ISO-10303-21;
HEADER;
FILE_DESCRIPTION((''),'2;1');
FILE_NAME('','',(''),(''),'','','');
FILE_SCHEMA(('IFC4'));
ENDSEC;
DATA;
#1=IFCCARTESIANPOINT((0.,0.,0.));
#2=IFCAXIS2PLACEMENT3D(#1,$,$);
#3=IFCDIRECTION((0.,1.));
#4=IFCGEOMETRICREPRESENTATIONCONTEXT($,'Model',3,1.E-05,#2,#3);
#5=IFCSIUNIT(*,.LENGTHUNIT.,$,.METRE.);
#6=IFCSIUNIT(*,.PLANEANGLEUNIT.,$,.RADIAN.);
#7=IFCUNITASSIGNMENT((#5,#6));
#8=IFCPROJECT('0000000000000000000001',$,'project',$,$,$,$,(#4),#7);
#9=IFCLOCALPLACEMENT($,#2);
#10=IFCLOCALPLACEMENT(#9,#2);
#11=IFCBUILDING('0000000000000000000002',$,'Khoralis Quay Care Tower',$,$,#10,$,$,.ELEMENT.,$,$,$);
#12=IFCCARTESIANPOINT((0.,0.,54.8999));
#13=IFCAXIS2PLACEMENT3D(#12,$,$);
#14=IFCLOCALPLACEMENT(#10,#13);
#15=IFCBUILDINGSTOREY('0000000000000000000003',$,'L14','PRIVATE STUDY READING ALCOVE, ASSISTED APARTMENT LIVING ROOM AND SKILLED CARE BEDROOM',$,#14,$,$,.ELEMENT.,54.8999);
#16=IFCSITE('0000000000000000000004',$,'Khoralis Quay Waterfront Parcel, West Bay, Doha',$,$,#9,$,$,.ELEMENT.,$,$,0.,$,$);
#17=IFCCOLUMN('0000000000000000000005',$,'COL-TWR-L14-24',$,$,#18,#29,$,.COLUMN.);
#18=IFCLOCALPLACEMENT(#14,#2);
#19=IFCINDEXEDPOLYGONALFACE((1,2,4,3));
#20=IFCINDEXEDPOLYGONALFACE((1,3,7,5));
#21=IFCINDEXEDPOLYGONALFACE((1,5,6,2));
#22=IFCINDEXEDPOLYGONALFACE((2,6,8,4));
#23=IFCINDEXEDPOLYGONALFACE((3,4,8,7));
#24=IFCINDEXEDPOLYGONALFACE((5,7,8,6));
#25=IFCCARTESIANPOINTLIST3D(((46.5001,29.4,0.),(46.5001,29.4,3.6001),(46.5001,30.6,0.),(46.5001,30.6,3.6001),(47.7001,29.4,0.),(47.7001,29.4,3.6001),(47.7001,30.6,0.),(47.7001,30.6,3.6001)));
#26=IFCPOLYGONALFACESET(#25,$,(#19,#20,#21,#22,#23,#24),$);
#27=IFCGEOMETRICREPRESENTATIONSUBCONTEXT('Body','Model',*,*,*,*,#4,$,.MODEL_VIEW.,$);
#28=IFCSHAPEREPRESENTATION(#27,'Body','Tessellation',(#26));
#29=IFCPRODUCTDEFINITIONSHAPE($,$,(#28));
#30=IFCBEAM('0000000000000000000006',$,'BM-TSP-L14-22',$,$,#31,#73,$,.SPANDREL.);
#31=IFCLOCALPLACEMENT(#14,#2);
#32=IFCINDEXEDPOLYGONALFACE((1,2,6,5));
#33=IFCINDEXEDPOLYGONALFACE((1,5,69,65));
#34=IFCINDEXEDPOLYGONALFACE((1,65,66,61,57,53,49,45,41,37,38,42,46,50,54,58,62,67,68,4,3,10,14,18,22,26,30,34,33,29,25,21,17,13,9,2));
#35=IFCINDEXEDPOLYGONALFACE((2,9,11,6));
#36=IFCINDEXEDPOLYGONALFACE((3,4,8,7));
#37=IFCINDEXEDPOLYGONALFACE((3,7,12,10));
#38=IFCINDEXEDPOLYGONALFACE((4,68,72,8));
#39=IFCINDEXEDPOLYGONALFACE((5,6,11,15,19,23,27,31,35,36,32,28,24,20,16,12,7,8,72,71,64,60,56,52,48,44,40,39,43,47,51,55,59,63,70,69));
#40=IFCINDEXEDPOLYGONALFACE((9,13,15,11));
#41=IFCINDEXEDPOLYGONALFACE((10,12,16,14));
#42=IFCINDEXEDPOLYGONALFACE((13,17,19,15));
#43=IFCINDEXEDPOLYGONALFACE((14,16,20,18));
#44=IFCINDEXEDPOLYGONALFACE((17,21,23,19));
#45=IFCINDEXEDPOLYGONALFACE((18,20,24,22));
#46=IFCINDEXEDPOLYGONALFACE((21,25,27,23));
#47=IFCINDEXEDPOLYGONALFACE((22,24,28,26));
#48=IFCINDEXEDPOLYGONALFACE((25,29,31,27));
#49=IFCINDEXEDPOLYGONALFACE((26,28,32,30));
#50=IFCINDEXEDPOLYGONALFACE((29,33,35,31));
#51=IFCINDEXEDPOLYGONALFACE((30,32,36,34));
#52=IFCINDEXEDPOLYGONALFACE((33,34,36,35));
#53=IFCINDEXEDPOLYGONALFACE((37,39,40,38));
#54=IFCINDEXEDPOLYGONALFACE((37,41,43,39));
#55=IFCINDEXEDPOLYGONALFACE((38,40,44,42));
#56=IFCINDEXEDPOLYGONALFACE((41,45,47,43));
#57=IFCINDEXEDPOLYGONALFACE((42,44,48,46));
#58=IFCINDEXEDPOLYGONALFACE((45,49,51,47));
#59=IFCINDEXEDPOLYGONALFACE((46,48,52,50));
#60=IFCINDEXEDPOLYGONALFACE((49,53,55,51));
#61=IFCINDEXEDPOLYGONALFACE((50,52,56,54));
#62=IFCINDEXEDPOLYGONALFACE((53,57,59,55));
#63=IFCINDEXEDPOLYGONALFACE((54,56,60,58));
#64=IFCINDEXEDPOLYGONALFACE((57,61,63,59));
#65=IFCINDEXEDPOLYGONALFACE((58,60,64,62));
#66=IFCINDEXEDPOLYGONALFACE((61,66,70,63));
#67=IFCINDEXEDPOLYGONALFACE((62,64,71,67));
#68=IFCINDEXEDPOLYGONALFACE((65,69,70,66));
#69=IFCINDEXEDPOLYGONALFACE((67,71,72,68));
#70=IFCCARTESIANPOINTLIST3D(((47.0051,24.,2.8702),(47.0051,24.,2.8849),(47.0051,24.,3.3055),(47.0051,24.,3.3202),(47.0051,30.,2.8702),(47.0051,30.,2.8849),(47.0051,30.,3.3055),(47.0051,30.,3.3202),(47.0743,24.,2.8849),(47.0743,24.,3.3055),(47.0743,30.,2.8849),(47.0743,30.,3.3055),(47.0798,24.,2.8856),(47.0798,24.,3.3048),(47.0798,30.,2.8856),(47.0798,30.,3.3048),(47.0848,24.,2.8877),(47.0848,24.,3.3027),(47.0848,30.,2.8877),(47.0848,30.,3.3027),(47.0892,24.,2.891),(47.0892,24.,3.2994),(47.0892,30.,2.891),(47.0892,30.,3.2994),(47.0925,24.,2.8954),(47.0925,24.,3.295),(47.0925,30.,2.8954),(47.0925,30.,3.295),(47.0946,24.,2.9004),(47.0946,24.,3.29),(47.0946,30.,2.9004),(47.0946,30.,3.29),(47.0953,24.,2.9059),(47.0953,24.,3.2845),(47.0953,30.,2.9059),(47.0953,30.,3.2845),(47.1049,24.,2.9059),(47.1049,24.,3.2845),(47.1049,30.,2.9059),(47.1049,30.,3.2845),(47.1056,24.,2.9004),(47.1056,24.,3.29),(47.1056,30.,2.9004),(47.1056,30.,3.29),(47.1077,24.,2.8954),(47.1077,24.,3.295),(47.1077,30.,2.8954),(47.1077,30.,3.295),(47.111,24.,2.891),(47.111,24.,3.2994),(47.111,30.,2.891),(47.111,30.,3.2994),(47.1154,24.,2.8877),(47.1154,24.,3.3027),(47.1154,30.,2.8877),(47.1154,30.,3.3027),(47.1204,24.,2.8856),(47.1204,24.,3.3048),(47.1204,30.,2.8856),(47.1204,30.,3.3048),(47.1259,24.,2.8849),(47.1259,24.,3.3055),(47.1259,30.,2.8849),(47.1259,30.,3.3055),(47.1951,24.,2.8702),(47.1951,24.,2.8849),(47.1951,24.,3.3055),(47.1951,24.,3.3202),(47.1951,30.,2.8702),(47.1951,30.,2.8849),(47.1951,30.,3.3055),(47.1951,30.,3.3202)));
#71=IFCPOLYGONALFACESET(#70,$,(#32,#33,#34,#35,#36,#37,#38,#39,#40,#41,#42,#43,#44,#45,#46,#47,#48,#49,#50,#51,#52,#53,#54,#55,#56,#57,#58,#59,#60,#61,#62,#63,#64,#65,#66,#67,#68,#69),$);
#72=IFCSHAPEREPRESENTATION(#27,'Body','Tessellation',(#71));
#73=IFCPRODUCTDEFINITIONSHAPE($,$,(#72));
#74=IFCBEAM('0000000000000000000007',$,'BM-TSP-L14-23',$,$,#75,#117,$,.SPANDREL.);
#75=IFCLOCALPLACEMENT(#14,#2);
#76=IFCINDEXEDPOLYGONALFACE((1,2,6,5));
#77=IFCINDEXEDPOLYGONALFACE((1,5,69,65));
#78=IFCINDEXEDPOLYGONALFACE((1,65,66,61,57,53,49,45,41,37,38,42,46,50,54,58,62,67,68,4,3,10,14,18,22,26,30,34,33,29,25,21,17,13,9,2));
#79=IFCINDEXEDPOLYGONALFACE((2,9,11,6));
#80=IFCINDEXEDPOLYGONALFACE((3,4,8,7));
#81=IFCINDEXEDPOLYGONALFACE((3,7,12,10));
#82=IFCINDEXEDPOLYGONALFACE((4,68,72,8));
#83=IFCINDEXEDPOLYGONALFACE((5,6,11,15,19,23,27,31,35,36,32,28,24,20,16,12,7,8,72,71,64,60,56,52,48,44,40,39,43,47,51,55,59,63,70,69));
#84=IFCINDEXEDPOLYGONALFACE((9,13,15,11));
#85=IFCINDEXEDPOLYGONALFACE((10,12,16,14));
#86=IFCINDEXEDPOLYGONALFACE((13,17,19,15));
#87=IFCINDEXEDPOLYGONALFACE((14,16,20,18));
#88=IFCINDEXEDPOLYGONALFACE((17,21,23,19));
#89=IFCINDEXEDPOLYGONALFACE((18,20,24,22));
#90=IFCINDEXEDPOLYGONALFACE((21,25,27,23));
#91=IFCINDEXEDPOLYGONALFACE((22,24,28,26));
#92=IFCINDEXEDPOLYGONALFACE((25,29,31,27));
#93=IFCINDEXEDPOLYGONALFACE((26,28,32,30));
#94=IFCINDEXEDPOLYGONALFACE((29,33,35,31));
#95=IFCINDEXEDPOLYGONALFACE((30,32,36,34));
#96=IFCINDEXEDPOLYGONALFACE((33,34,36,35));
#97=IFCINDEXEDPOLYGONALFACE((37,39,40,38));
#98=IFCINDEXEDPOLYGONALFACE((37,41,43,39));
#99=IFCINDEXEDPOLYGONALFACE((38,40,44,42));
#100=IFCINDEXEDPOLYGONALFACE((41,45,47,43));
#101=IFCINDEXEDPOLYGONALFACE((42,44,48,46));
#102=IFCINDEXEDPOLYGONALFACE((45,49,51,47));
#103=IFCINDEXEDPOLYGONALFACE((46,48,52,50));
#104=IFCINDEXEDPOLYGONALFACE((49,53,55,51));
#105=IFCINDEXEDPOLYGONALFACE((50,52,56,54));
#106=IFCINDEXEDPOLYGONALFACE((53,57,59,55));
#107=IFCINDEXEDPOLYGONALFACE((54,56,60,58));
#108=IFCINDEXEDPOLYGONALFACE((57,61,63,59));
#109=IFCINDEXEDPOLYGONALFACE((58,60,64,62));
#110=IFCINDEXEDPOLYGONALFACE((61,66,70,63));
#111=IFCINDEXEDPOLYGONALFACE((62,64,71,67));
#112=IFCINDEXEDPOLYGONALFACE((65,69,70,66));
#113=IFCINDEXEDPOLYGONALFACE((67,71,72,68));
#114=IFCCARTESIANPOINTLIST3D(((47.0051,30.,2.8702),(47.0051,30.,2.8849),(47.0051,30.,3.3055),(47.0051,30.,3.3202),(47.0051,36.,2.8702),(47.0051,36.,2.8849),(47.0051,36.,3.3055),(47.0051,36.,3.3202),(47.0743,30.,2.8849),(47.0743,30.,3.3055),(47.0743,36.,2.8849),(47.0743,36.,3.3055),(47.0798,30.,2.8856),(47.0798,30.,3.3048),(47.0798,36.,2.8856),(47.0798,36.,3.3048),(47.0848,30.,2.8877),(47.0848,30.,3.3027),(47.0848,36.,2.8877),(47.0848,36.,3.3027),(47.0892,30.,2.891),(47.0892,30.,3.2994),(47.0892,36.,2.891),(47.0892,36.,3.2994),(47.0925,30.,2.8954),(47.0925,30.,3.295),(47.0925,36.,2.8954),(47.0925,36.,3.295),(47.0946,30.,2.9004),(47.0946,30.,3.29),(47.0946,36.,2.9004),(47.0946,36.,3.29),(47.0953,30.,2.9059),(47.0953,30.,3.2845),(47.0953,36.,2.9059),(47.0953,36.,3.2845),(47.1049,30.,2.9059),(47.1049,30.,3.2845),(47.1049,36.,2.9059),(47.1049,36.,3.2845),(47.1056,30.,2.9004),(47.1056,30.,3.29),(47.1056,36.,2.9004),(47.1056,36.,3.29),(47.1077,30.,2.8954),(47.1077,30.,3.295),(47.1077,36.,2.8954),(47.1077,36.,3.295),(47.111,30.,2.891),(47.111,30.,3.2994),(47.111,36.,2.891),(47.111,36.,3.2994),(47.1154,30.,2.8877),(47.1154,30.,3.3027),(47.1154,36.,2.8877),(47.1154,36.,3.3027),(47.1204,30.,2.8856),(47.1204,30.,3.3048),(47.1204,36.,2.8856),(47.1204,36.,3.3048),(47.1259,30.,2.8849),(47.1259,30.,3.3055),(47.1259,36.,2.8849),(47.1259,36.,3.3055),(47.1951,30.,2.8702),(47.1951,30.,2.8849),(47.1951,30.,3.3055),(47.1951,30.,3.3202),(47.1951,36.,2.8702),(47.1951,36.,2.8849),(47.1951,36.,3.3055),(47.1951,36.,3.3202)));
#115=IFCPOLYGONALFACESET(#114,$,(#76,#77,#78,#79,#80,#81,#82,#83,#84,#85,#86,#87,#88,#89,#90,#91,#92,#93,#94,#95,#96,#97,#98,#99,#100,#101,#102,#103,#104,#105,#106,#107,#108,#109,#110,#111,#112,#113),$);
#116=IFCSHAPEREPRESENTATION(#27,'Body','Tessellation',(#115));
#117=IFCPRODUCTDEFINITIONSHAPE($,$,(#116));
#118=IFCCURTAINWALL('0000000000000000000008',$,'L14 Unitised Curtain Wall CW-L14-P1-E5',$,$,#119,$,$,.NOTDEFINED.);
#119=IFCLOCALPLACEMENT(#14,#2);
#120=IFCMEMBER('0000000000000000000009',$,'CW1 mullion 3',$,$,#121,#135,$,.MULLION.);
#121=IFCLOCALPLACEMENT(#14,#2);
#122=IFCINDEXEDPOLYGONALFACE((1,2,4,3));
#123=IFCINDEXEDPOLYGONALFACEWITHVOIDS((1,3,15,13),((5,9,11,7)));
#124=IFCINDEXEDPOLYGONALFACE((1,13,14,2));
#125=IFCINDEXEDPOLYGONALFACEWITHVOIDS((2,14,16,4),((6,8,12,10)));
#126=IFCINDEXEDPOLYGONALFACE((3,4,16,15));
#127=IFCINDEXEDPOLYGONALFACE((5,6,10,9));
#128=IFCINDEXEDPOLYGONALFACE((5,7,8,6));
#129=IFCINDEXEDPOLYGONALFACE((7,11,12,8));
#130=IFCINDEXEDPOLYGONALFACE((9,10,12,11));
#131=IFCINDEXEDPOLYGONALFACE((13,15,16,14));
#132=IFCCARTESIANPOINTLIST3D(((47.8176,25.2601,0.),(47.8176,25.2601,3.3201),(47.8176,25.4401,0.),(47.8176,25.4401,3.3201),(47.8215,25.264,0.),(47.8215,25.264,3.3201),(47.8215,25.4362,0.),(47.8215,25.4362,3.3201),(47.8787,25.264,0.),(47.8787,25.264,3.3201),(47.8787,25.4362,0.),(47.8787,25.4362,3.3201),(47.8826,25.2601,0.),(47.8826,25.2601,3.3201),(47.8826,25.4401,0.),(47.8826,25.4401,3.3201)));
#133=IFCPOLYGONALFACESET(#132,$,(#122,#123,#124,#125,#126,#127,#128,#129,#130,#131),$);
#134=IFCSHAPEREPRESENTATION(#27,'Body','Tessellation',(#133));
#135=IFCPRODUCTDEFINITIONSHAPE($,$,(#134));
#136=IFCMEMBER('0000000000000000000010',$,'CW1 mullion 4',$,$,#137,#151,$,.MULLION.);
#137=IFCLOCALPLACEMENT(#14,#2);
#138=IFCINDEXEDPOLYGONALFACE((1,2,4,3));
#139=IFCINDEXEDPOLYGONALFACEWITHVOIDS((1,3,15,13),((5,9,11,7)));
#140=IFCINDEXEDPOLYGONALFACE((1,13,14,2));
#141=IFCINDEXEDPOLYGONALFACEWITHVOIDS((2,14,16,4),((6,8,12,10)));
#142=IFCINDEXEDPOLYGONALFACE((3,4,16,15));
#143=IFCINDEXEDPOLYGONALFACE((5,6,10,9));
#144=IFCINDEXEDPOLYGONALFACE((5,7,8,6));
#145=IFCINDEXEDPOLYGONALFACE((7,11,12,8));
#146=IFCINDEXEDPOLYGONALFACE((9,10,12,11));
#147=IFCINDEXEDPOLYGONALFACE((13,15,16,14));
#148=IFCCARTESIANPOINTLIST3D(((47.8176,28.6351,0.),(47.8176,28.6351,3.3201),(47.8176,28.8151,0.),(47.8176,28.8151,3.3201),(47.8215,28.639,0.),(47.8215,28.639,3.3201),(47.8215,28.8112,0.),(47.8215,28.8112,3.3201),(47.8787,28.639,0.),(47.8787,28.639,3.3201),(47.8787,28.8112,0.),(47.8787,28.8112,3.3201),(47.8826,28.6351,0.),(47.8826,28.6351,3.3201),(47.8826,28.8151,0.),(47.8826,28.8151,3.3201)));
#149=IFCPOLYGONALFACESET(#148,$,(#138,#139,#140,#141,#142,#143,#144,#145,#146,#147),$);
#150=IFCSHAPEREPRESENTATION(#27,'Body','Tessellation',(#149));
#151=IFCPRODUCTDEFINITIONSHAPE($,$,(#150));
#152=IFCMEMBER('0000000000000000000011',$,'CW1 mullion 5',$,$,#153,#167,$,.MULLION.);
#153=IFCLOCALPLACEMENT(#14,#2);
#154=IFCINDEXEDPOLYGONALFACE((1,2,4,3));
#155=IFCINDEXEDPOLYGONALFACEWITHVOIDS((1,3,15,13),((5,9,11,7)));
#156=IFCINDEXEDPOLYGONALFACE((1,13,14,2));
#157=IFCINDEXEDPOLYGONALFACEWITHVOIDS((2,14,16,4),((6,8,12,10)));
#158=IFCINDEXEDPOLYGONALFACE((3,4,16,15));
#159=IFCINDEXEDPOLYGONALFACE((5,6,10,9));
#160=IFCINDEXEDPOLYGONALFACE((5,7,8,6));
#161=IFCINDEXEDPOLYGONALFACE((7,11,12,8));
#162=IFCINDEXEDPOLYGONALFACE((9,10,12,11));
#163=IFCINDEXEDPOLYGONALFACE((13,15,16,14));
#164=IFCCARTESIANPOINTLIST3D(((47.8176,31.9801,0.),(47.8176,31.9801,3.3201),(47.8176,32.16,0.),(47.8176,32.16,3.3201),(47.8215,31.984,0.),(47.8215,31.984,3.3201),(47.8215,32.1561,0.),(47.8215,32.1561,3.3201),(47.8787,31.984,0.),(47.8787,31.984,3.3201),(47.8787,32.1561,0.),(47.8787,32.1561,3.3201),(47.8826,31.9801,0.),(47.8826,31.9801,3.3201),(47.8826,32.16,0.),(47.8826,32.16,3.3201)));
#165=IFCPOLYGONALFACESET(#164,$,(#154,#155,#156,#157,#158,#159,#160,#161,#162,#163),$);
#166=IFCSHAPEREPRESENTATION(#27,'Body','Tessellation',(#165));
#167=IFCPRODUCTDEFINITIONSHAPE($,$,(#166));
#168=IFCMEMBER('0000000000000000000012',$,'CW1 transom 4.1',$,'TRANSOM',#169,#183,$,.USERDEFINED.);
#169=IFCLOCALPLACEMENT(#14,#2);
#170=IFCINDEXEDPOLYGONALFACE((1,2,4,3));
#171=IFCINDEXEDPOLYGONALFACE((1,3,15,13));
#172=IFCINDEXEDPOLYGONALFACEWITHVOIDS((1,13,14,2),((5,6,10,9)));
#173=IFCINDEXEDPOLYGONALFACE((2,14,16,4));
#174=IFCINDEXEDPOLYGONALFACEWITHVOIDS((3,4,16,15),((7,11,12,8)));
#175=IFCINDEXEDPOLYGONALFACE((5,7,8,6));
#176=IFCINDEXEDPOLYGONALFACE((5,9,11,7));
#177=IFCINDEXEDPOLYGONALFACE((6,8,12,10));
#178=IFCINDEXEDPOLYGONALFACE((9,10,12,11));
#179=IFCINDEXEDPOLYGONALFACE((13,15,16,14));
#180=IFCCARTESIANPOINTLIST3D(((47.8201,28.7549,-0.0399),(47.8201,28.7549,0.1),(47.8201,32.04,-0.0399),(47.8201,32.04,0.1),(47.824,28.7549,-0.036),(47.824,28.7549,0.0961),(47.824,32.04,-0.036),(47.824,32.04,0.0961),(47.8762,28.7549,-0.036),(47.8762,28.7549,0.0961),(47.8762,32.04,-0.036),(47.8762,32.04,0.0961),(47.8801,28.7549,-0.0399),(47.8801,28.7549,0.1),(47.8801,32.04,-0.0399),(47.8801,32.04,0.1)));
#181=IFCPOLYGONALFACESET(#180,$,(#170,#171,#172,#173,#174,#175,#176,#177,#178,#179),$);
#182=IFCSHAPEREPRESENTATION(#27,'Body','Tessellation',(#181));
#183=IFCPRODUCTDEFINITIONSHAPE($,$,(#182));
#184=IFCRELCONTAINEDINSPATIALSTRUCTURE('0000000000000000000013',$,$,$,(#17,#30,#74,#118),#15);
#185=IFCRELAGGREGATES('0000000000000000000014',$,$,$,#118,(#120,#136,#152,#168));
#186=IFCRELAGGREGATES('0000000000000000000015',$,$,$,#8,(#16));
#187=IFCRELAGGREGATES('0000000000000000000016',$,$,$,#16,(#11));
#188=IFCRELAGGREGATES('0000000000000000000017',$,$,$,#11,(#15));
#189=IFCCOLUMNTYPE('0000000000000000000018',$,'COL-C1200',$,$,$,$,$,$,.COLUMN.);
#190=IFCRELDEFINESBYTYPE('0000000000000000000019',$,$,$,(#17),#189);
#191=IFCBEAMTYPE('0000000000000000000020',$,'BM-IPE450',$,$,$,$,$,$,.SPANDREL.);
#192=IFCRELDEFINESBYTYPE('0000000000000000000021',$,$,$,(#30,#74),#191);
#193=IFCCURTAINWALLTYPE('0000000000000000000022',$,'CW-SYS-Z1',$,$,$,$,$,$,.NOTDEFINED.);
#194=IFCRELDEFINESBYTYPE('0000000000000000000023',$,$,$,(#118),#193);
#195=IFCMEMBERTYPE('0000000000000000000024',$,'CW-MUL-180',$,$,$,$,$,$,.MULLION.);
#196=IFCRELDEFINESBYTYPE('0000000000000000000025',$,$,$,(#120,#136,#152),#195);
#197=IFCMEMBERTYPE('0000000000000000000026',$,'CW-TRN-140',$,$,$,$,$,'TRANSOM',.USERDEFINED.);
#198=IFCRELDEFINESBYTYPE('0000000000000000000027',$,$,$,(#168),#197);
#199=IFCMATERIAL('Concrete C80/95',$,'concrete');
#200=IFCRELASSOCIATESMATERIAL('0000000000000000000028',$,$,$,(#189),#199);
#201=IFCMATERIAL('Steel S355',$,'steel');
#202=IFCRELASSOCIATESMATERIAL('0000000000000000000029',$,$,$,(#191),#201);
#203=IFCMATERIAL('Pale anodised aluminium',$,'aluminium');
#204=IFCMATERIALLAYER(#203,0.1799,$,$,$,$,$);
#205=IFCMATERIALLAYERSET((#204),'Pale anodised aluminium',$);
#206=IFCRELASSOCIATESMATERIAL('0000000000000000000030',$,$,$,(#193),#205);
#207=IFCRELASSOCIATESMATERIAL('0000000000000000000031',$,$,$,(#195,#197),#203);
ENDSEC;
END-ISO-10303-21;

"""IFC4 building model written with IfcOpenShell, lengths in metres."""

from ifc_helpers import new_model, si_unit, direction, frame, origin, origin_2d, place, context, subcontext, project, spatial, rectangle, hollow_rectangle, i_section, extrude, source, transform, mapped, material, layer, layer_set, material_profile, profile_set, type_object, element, aggregate, save


model = new_model("IFC4")

# Units and contexts
model_context = context("Model", 3, precision=1e-05, world=origin(), true_north=direction((0.0, 1.0)))
body_context = subcontext(model_context, "Body", "Model", "MODEL_VIEW")
ifc_project = project(units=[si_unit("LENGTHUNIT", "METRE"), si_unit("PLANEANGLEUNIT", "RADIAN")], contexts=[model_context])

# Site, building, storey
site_placement = place(None, origin())
site = spatial("IfcSite", under=ifc_project, at=site_placement, Name="Khoralis Quay Waterfront Parcel, West Bay, Doha", CompositionType="ELEMENT", RefElevation=0.0)
building_placement = place(site_placement, origin())
building = spatial("IfcBuilding", under=site, at=building_placement, Name="Khoralis Quay Care Tower", CompositionType="ELEMENT")
storey_placement = place(building_placement, frame((0.0, 0.0, 54.8999)))
storey = spatial("IfcBuildingStorey", under=building, at=storey_placement, Name="L14", Description="PRIVATE STUDY READING ALCOVE, ASSISTED APARTMENT LIVING ROOM AND SKILLED CARE BEDROOM", CompositionType="ELEMENT", Elevation=54.8999)

# Column
ifc_material_1 = material(Name="Concrete C80/95", Category="concrete")
ifc_material_profile_1 = material_profile(ifc_material_1, rectangle(XDim=1.2, YDim=1.2, at=origin_2d()), Name="Concrete C80/95")
ifc_profile_set_1 = profile_set([ifc_material_profile_1], Name="Concrete C80/95")
column_type = type_object("IfcColumnType", Name="COL-C1200", PredefinedType="COLUMN", material=ifc_profile_set_1)
shared_shape_1 = source(origin(), body_context, "Body", "SweptSolid", [
    extrude(rectangle(XDim=1.2, YDim=1.2, at=origin_2d()), origin(), (0.0, 0.0, 1.0), 3.6001),
])
column_placement = place(storey_placement, frame((47.1001, 30.0, 0.0), z_axis=(0.0, 0.0, 1.0), x_axis=(1.0, 0.0, 0.0)))
element("IfcColumn", 1, at=column_placement, inside=storey, type_object=column_type, Name="COL-TWR-L14-24", PredefinedType="COLUMN", context=body_context, shape_type="MappedRepresentation", body=[
    mapped(shared_shape_1, transform((0.0, 0.0, 0.0), scale=1.0)),
])

# Beams
ifc_material_2 = material(Name="Steel S355", Category="steel")
ifc_material_profile_2 = material_profile(ifc_material_2, i_section(OverallWidth=0.1899, OverallDepth=0.45, WebThickness=0.0095, FlangeThickness=0.0146, FilletRadius=0.021, at=origin_2d()), Name="Steel S355")
ifc_profile_set_2 = profile_set([ifc_material_profile_2], Name="Steel S355")
beam_type = type_object("IfcBeamType", Name="BM-IPE450", PredefinedType="SPANDREL", material=ifc_profile_set_2)
shared_shape_2 = source(origin(), body_context, "Body", "SweptSolid", [
    extrude(i_section(OverallWidth=0.1899, OverallDepth=0.45, WebThickness=0.0095, FlangeThickness=0.0146, FilletRadius=0.021, at=origin_2d()), origin(), (0.0, 0.0, 1.0), 6.0),
])
for number, where, z_axis, x_axis, name in (
    (2, (47.1001, 24.0, 3.0952), (0.0, 1.0, 0.0), (-1.0, 0.0, 0.0), "BM-TSP-L14-22"),
    (3, (47.1001, 30.0, 3.0952), (0.0, 1.0, 0.0), (-1.0, 0.0, 0.0), "BM-TSP-L14-23"),
):
    element("IfcBeam", number, at=place(storey_placement, frame(where, z_axis=z_axis, x_axis=x_axis)), inside=storey, type_object=beam_type, Name=name, PredefinedType="SPANDREL", context=body_context, shape_type="MappedRepresentation", body=[
        mapped(shared_shape_2, transform((0.0, 0.0, 0.0), scale=1.0)),
    ])

# Curtain wall, members
ifc_material_3 = material(Name="Pale anodised aluminium", Category="aluminium")
ifc_layer_1 = layer(ifc_material_3, 0.1799)
ifc_layer_set_1 = layer_set([ifc_layer_1], Name="Pale anodised aluminium")
curtain_wall_type = type_object("IfcCurtainWallType", Name="CW-SYS-Z1", PredefinedType="NOTDEFINED", material=ifc_layer_set_1)
curtain_wall_placement = place(storey_placement, origin())
curtain_wall = element("IfcCurtainWall", 4, at=curtain_wall_placement, inside=storey, type_object=curtain_wall_type, Name="L14 Unitised Curtain Wall CW-L14-P1-E5", PredefinedType="NOTDEFINED")
ifc_material_profile_3 = material_profile(ifc_material_3, hollow_rectangle(XDim=0.0649, YDim=0.1799, WallThickness=0.0039, at=origin_2d()), Name="Pale anodised aluminium")
ifc_profile_set_3 = profile_set([ifc_material_profile_3], Name="Pale anodised aluminium")
member_type_1 = type_object("IfcMemberType", Name="CW-MUL-180", PredefinedType="MULLION", material=ifc_profile_set_3)
shared_shape_3 = source(origin(), body_context, "Body", "SweptSolid", [
    extrude(hollow_rectangle(XDim=0.0649, YDim=0.1799, WallThickness=0.0039, at=origin_2d()), origin(), (0.0, 0.0, 1.0), 3.3201),
])
member_1_placement = place(storey_placement, frame((47.8501, 25.3501, 0.0), z_axis=(0.0, 0.0, 1.0), x_axis=(-1.0, 0.0, 0.0)))
member_1 = element("IfcMember", 5, at=member_1_placement, type_object=member_type_1, Name="CW1 mullion 3", PredefinedType="MULLION", context=body_context, shape_type="MappedRepresentation", body=[
    mapped(shared_shape_3, transform((0.0, 0.0, 0.0), scale=1.0)),
])
member_2_placement = place(storey_placement, frame((47.8501, 28.7251, 0.0), z_axis=(0.0, 0.0, 1.0), x_axis=(-1.0, 0.0, 0.0)))
member_2 = element("IfcMember", 6, at=member_2_placement, type_object=member_type_1, Name="CW1 mullion 4", PredefinedType="MULLION", context=body_context, shape_type="MappedRepresentation", body=[
    mapped(shared_shape_3, transform((0.0, 0.0, 0.0), scale=1.0)),
])
member_3_placement = place(storey_placement, frame((47.8501, 32.0701, 0.0), z_axis=(0.0, 0.0, 1.0), x_axis=(-1.0, 0.0, 0.0)))
member_3 = element("IfcMember", 7, at=member_3_placement, type_object=member_type_1, Name="CW1 mullion 5", PredefinedType="MULLION", context=body_context, shape_type="MappedRepresentation", body=[
    mapped(shared_shape_3, transform((0.0, 0.0, 0.0), scale=1.0)),
])
ifc_material_profile_4 = material_profile(ifc_material_3, hollow_rectangle(XDim=0.0601, YDim=0.1399, WallThickness=0.0039, at=origin_2d()), Name="Pale anodised aluminium")
ifc_profile_set_4 = profile_set([ifc_material_profile_4], Name="Pale anodised aluminium")
member_type_2 = type_object("IfcMemberType", Name="CW-TRN-140", ElementType="TRANSOM", PredefinedType="USERDEFINED", material=ifc_profile_set_4)
shared_shape_4 = source(origin(), body_context, "Body", "SweptSolid", [
    extrude(hollow_rectangle(XDim=0.0601, YDim=0.1399, WallThickness=0.0039, at=origin_2d()), origin(), (0.0, 0.0, 1.0), 3.2852),
])
member_4_placement = place(storey_placement, frame((47.8501, 28.7549, 0.03), z_axis=(0.0, 1.0, 0.0), x_axis=(-1.0, 0.0, 0.0)))
member_4 = element("IfcMember", 8, at=member_4_placement, type_object=member_type_2, Name="CW1 transom 4.1", ObjectType="TRANSOM", PredefinedType="USERDEFINED", context=body_context, shape_type="MappedRepresentation", body=[
    mapped(shared_shape_4, transform((0.0, 0.0, 0.0), scale=1.0)),
])
aggregate(curtain_wall, [member_1, member_2, member_3, member_4])

save(model, "model.ifc")
